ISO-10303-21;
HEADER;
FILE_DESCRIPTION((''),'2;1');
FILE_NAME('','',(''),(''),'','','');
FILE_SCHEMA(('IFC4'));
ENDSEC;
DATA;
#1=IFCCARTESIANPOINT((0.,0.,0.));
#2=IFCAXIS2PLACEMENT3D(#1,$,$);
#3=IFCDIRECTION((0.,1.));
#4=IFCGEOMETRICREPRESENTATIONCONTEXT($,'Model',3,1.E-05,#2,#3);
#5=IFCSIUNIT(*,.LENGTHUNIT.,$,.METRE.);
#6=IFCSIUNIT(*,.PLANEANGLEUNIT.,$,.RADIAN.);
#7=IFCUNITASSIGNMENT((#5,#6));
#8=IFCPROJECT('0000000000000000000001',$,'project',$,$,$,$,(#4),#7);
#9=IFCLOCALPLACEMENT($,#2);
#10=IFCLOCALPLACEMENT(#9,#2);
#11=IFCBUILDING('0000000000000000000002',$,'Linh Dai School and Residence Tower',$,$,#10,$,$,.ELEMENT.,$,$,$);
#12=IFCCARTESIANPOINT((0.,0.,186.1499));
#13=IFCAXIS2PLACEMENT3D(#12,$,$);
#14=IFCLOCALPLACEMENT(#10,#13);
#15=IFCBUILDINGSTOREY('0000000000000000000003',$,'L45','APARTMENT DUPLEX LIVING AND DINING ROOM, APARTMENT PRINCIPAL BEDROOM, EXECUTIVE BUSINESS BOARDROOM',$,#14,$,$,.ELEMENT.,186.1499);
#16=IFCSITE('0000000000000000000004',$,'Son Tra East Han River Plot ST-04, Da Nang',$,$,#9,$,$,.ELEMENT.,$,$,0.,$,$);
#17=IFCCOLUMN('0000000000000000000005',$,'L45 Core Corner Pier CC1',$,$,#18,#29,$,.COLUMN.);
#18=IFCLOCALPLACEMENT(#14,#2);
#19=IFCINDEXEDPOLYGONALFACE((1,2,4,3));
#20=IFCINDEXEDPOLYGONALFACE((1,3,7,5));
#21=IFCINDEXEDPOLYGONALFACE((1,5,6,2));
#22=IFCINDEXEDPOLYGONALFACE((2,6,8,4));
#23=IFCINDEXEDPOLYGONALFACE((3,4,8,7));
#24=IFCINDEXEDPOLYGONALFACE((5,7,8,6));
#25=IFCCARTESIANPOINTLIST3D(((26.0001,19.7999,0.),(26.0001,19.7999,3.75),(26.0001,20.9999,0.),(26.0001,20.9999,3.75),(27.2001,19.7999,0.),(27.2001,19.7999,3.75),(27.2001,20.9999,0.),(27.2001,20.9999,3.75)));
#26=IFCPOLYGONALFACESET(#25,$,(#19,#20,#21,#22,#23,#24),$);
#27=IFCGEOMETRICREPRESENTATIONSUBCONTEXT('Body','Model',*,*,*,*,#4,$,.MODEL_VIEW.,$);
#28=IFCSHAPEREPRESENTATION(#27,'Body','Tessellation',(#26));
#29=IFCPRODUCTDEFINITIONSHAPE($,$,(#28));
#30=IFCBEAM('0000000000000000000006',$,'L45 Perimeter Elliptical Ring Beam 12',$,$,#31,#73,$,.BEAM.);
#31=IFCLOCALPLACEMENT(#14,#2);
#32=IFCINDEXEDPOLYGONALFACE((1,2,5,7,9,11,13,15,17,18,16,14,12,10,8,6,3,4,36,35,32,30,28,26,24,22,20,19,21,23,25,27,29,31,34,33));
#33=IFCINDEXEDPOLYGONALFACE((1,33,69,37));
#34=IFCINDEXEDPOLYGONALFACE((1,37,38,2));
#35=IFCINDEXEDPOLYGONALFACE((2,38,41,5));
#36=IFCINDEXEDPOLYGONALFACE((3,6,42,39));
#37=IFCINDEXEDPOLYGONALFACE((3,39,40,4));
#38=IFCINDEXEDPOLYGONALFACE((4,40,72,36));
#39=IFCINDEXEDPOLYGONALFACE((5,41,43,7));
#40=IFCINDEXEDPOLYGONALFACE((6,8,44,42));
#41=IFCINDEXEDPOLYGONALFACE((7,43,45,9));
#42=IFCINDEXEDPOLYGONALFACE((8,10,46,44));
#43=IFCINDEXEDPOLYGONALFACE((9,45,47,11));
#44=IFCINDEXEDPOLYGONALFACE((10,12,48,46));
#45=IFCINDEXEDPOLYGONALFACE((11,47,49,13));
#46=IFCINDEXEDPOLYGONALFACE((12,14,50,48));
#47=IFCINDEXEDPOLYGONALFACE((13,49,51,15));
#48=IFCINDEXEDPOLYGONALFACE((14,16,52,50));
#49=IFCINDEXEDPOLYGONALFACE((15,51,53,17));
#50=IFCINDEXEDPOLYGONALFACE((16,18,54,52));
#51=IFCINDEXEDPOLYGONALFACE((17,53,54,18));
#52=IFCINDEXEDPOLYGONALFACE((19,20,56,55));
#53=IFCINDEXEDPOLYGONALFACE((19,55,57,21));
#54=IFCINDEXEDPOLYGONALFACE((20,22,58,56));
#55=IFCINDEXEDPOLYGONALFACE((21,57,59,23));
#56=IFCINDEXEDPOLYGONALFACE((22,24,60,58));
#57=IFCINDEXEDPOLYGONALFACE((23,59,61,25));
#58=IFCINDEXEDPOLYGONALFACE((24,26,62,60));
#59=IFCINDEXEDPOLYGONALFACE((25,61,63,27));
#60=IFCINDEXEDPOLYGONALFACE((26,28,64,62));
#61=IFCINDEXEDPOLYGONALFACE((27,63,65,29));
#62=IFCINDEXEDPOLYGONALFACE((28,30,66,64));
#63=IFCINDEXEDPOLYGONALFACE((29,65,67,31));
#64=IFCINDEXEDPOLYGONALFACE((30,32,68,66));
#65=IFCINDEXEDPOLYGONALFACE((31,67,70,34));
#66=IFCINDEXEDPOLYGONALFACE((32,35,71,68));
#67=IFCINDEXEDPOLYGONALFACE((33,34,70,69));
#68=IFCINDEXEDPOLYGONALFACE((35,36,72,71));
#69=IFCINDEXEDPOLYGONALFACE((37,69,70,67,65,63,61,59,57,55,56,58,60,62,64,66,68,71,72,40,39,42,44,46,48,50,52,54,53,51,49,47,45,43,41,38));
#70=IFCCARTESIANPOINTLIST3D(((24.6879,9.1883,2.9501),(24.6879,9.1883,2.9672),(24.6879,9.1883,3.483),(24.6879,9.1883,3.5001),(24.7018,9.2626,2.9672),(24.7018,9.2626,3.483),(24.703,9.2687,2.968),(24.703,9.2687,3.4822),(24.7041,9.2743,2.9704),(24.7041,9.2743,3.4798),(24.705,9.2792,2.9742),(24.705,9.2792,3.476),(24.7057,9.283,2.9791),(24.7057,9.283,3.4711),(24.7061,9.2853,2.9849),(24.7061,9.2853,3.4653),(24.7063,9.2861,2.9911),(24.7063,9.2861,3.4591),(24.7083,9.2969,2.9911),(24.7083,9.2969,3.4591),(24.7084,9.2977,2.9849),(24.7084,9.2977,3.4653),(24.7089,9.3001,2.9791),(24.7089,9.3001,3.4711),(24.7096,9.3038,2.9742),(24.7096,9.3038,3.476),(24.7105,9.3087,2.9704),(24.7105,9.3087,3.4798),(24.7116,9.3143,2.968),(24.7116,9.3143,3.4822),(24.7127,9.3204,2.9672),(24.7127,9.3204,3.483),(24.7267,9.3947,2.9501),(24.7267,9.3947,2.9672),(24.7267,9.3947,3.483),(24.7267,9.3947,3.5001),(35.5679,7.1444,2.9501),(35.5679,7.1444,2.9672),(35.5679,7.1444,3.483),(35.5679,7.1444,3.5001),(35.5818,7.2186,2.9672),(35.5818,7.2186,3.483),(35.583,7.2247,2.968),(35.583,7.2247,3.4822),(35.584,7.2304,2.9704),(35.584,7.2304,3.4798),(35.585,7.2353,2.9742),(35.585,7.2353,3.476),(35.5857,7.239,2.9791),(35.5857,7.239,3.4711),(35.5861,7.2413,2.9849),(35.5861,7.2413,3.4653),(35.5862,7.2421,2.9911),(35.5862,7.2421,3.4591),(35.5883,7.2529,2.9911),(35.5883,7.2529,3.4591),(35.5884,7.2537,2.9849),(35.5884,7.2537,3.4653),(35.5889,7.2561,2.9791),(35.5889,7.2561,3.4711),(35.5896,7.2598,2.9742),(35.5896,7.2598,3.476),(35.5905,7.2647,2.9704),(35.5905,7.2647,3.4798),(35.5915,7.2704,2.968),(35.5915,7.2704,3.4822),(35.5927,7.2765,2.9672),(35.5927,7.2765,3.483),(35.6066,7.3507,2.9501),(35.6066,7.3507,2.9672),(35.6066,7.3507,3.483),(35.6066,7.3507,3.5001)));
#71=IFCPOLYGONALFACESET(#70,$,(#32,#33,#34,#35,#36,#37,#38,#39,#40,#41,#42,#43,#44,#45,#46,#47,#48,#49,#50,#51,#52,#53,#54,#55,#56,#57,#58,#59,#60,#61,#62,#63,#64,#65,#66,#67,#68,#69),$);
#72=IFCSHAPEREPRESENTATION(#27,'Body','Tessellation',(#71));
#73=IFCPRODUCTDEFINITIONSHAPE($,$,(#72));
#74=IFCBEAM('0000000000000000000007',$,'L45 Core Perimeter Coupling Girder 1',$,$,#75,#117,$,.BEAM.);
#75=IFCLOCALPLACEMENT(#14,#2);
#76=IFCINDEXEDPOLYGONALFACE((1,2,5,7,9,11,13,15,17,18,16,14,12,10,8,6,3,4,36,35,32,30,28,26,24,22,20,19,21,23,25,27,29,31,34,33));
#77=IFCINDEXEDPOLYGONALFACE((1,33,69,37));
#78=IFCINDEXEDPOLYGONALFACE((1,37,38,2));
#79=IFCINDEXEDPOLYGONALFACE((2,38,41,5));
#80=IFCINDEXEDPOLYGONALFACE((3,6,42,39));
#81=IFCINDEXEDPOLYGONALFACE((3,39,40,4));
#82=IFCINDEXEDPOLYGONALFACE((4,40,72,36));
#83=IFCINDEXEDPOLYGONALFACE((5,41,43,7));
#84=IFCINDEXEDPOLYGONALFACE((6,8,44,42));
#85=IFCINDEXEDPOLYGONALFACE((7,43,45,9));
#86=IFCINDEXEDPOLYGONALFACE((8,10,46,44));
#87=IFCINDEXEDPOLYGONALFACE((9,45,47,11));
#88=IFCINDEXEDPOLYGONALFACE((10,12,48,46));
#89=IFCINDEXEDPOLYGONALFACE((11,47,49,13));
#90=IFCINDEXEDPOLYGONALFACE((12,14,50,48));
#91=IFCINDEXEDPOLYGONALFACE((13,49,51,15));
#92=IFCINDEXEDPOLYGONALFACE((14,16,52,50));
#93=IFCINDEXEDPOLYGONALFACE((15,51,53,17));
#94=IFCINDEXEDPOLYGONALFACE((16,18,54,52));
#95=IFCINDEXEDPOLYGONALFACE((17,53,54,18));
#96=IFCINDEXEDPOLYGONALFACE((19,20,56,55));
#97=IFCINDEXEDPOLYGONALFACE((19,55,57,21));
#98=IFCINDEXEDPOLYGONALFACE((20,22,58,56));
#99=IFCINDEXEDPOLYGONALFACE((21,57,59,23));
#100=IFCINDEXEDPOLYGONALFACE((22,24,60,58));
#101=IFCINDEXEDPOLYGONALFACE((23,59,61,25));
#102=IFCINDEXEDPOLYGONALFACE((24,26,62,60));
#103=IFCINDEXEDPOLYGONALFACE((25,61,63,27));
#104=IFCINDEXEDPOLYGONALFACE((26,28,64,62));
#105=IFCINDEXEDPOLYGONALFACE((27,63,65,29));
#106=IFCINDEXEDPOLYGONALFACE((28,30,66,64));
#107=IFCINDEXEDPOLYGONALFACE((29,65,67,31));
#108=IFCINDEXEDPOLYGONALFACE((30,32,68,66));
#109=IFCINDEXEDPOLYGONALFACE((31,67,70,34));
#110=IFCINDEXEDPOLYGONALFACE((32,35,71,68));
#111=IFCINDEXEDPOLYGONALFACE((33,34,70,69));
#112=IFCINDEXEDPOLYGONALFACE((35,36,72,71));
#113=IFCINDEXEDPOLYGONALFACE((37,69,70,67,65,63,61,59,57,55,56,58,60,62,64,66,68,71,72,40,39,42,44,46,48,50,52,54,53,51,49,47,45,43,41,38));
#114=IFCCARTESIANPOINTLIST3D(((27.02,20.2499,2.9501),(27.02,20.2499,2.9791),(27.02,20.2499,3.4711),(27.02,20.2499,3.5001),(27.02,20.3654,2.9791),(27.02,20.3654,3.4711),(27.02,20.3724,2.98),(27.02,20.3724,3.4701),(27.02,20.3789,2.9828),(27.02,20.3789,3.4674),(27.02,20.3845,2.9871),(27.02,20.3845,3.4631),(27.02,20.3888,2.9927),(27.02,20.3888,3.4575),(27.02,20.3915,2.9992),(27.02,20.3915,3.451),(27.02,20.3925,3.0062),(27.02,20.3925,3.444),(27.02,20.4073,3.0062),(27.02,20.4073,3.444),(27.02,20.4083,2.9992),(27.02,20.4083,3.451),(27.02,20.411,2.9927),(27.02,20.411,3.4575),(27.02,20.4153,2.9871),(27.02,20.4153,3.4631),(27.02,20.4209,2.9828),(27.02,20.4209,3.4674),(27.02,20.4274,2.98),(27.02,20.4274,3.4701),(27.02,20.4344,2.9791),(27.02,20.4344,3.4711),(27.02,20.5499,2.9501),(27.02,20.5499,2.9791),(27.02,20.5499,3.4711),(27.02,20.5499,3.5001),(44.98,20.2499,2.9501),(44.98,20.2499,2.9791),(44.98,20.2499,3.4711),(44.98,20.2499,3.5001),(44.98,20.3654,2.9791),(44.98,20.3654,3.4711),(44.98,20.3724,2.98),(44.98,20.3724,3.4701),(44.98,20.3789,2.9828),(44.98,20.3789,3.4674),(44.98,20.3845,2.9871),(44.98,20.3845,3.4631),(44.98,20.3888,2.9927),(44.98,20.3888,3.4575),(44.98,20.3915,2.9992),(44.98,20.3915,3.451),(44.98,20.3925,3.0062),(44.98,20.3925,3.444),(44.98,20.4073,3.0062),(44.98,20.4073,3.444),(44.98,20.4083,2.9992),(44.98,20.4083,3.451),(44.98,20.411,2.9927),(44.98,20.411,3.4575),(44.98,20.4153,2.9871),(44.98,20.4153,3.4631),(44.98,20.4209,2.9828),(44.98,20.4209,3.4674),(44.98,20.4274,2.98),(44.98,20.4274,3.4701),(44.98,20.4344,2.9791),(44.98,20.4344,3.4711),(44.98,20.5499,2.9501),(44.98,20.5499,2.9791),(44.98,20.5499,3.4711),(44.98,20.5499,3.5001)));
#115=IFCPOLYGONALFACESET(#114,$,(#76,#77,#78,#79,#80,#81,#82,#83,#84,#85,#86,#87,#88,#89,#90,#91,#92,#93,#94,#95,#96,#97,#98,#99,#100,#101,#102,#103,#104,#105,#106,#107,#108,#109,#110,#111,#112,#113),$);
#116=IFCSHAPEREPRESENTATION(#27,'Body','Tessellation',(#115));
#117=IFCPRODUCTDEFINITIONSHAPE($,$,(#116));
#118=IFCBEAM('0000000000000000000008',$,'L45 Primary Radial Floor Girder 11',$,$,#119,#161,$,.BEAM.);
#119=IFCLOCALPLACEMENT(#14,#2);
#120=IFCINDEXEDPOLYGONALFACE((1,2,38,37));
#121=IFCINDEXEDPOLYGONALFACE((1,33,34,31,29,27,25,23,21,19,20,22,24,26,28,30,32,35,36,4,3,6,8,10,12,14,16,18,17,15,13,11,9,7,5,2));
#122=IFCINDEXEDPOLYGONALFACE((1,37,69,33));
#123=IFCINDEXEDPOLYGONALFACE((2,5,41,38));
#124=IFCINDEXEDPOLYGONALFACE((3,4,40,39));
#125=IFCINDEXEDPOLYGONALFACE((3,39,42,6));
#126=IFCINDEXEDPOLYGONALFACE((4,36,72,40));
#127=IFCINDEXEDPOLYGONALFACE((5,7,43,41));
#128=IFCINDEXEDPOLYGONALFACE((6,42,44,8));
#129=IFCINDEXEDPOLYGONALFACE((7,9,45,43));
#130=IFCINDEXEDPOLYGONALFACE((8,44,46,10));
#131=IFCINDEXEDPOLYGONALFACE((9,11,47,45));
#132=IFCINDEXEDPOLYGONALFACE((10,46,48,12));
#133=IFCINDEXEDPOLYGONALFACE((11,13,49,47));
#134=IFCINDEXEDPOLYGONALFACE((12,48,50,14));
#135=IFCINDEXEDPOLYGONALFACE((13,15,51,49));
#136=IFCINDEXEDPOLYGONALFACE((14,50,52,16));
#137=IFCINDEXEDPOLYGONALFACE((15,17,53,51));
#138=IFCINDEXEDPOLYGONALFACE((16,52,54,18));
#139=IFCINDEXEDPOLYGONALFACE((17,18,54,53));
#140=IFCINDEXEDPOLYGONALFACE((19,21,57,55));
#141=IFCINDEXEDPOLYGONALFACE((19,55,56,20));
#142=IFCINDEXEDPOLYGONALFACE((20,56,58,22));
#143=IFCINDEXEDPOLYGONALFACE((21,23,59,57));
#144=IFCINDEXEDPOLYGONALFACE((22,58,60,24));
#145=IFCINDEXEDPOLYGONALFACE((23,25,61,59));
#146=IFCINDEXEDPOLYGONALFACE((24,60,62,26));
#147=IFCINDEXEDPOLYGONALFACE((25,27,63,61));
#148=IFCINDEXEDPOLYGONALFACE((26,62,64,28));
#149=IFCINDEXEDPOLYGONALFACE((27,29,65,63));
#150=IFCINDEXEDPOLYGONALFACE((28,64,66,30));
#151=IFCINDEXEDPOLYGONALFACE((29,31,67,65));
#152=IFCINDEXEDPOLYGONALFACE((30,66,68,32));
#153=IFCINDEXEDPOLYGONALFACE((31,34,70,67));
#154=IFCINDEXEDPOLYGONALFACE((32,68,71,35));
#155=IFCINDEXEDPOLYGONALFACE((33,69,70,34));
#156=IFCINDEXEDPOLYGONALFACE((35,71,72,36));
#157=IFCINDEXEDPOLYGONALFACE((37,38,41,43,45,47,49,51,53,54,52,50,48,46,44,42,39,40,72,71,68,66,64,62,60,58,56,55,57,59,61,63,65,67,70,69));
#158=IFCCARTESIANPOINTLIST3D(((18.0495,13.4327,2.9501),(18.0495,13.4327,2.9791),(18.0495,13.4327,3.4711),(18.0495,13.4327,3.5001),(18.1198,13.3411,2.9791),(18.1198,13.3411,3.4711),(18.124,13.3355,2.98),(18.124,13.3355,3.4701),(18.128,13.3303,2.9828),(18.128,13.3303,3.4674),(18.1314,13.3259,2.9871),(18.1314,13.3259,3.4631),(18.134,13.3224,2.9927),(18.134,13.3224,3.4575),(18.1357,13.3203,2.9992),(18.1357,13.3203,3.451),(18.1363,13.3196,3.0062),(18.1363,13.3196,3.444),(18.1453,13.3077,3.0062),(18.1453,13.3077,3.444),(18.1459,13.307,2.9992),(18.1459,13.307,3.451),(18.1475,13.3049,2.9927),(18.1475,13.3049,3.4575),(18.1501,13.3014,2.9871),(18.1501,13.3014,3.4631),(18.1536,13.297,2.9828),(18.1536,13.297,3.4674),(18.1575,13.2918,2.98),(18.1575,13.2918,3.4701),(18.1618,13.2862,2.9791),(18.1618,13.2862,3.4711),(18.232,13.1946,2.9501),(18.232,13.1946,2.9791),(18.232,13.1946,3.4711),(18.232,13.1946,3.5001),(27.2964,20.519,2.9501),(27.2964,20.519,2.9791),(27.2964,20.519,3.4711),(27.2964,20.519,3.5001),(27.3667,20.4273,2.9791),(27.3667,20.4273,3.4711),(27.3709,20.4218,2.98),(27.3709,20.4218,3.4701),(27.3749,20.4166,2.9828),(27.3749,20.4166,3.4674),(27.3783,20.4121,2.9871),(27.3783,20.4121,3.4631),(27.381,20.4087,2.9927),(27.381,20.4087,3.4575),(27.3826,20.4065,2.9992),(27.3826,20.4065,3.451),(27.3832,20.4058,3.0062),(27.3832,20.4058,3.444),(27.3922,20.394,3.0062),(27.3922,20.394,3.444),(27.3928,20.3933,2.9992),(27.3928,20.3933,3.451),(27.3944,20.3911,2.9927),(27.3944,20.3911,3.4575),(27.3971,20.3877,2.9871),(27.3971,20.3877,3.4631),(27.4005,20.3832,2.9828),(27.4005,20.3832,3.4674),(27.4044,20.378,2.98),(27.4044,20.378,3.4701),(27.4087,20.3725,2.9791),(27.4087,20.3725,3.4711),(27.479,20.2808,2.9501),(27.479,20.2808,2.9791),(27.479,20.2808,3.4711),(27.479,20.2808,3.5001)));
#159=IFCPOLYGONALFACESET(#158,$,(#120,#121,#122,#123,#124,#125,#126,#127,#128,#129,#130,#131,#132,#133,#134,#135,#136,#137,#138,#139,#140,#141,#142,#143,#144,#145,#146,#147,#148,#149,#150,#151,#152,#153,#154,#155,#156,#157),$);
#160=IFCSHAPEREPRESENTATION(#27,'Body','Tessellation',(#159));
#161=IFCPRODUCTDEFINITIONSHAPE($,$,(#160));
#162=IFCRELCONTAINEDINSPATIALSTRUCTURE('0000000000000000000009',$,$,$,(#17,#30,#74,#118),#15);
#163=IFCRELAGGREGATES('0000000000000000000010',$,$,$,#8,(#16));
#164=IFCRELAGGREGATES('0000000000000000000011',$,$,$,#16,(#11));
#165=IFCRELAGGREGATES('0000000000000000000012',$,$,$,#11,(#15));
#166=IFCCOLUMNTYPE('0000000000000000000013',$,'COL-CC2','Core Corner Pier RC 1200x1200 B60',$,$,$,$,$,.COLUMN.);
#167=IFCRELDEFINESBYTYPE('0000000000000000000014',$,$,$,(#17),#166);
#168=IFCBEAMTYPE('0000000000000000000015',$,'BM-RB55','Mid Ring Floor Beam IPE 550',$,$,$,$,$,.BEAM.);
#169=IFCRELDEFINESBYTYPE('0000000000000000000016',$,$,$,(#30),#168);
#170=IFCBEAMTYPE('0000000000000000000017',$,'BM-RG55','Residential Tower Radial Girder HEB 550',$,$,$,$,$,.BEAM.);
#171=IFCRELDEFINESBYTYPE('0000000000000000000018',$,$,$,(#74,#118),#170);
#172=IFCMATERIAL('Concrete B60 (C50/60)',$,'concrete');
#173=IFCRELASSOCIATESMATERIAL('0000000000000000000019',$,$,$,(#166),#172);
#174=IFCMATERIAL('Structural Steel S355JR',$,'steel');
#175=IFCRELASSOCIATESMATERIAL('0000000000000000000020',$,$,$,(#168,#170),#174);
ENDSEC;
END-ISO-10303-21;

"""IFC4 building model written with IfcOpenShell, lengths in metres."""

from ifc_helpers import new_model, si_unit, direction, frame, origin, origin_2d, place, context, subcontext, project, spatial, rectangle, i_section, extrude, material, material_profile, profile_set, type_object, element, save


model = new_model("IFC4")

# Units and contexts
model_context = context("Model", 3, precision=1e-05, world=origin(), true_north=direction((0.0, 1.0)))
body_context = subcontext(model_context, "Body", "Model", "MODEL_VIEW")
ifc_project = project(units=[si_unit("LENGTHUNIT", "METRE"), si_unit("PLANEANGLEUNIT", "RADIAN")], contexts=[model_context])

# Site, building, storey
site_placement = place(None, origin())
site = spatial("IfcSite", under=ifc_project, at=site_placement, Name="Son Tra East Han River Plot ST-04, Da Nang", CompositionType="ELEMENT", RefElevation=0.0)
building_placement = place(site_placement, origin())
building = spatial("IfcBuilding", under=site, at=building_placement, Name="Linh Dai School and Residence Tower", CompositionType="ELEMENT")
storey_placement = place(building_placement, frame((0.0, 0.0, 186.1499)))
storey = spatial("IfcBuildingStorey", under=building, at=storey_placement, Name="L45", Description="APARTMENT DUPLEX LIVING AND DINING ROOM, APARTMENT PRINCIPAL BEDROOM, EXECUTIVE BUSINESS BOARDROOM", CompositionType="ELEMENT", Elevation=186.1499)

# Column
ifc_material_1 = material(Name="Concrete B60 (C50/60)", Category="concrete")
ifc_material_profile_1 = material_profile(ifc_material_1, rectangle(XDim=1.2, YDim=1.2, at=origin_2d()), Name="RC 1200x1200")
ifc_profile_set_1 = profile_set([ifc_material_profile_1], Name="Concrete B60 (C50/60)")
column_type = type_object("IfcColumnType", Name="COL-CC2", Description="Core Corner Pier RC 1200x1200 B60", PredefinedType="COLUMN", material=ifc_profile_set_1)
column_placement = place(storey_placement, frame((26.6001, 20.3999, 0.0), z_axis=(0.0, 0.0, 1.0), x_axis=(1.0, 0.0, 0.0)))
element("IfcColumn", 1, at=column_placement, inside=storey, type_object=column_type, Name="L45 Core Corner Pier CC1", PredefinedType="COLUMN", context=body_context, shape_type="SweptSolid", body=[
    extrude(rectangle(XDim=1.2, YDim=1.2, at=origin_2d()), origin(), (0.0, 0.0, 1.0), 3.75),
])

# Beams
ifc_material_2 = material(Name="Structural Steel S355JR", Category="steel")
ifc_material_profile_2 = material_profile(ifc_material_2, i_section(OverallWidth=0.21, OverallDepth=0.55, WebThickness=0.011, FlangeThickness=0.0171, FilletRadius=0.0239, at=origin_2d()), Name="IPE 550")
ifc_profile_set_2 = profile_set([ifc_material_profile_2], Name="Structural Steel S355JR")
beam_type_1 = type_object("IfcBeamType", Name="BM-RB55", Description="Mid Ring Floor Beam IPE 550", PredefinedType="BEAM", material=ifc_profile_set_2)
beam_1_placement = place(storey_placement, frame((24.7073, 9.2915, 3.2251), z_axis=(0.982807, -0.184635, 0.0), x_axis=(0.184635, 0.982807, 0.0)))
element("IfcBeam", 2, at=beam_1_placement, inside=storey, type_object=beam_type_1, Name="L45 Perimeter Elliptical Ring Beam 12", PredefinedType="BEAM", context=body_context, shape_type="SweptSolid", body=[
    extrude(i_section(OverallWidth=0.21, OverallDepth=0.55, WebThickness=0.011, FlangeThickness=0.0171, FilletRadius=0.0239, at=origin_2d()), origin(), (0.0, 0.0, 1.0), 11.0703),
])
ifc_material_profile_3 = material_profile(ifc_material_2, i_section(OverallWidth=0.3, OverallDepth=0.55, WebThickness=0.0149, FlangeThickness=0.0291, FilletRadius=0.0271, at=origin_2d()), Name="HEB 550")
ifc_profile_set_3 = profile_set([ifc_material_profile_3], Name="Structural Steel S355JR")
beam_type_2 = type_object("IfcBeamType", Name="BM-RG55", Description="Residential Tower Radial Girder HEB 550", PredefinedType="BEAM", material=ifc_profile_set_3)
beam_2_placement = place(storey_placement, frame((27.02, 20.3999, 3.2251), z_axis=(1.0, 0.0, 0.0), x_axis=(0.0, 1.0, 0.0)))
element("IfcBeam", 3, at=beam_2_placement, inside=storey, type_object=beam_type_2, Name="L45 Core Perimeter Coupling Girder 1", PredefinedType="BEAM", context=body_context, shape_type="SweptSolid", body=[
    extrude(i_section(OverallWidth=0.3, OverallDepth=0.55, WebThickness=0.0149, FlangeThickness=0.0291, FilletRadius=0.0271, at=origin_2d()), origin(), (0.0, 0.0, 1.0), 17.96),
])
beam_3_placement = place(storey_placement, frame((27.3877, 20.3999, 3.2251), z_axis=(-0.793733, -0.608267, 0.0), x_axis=(0.608267, -0.793733, 0.0)))
element("IfcBeam", 4, at=beam_3_placement, inside=storey, type_object=beam_type_2, Name="L45 Primary Radial Floor Girder 11", PredefinedType="BEAM", context=body_context, shape_type="SweptSolid", body=[
    extrude(i_section(OverallWidth=0.3, OverallDepth=0.55, WebThickness=0.0149, FlangeThickness=0.0291, FilletRadius=0.0271, at=origin_2d()), origin(), (0.0, 0.0, 1.0), 11.6499),
])

save(model, "model.ifc")
